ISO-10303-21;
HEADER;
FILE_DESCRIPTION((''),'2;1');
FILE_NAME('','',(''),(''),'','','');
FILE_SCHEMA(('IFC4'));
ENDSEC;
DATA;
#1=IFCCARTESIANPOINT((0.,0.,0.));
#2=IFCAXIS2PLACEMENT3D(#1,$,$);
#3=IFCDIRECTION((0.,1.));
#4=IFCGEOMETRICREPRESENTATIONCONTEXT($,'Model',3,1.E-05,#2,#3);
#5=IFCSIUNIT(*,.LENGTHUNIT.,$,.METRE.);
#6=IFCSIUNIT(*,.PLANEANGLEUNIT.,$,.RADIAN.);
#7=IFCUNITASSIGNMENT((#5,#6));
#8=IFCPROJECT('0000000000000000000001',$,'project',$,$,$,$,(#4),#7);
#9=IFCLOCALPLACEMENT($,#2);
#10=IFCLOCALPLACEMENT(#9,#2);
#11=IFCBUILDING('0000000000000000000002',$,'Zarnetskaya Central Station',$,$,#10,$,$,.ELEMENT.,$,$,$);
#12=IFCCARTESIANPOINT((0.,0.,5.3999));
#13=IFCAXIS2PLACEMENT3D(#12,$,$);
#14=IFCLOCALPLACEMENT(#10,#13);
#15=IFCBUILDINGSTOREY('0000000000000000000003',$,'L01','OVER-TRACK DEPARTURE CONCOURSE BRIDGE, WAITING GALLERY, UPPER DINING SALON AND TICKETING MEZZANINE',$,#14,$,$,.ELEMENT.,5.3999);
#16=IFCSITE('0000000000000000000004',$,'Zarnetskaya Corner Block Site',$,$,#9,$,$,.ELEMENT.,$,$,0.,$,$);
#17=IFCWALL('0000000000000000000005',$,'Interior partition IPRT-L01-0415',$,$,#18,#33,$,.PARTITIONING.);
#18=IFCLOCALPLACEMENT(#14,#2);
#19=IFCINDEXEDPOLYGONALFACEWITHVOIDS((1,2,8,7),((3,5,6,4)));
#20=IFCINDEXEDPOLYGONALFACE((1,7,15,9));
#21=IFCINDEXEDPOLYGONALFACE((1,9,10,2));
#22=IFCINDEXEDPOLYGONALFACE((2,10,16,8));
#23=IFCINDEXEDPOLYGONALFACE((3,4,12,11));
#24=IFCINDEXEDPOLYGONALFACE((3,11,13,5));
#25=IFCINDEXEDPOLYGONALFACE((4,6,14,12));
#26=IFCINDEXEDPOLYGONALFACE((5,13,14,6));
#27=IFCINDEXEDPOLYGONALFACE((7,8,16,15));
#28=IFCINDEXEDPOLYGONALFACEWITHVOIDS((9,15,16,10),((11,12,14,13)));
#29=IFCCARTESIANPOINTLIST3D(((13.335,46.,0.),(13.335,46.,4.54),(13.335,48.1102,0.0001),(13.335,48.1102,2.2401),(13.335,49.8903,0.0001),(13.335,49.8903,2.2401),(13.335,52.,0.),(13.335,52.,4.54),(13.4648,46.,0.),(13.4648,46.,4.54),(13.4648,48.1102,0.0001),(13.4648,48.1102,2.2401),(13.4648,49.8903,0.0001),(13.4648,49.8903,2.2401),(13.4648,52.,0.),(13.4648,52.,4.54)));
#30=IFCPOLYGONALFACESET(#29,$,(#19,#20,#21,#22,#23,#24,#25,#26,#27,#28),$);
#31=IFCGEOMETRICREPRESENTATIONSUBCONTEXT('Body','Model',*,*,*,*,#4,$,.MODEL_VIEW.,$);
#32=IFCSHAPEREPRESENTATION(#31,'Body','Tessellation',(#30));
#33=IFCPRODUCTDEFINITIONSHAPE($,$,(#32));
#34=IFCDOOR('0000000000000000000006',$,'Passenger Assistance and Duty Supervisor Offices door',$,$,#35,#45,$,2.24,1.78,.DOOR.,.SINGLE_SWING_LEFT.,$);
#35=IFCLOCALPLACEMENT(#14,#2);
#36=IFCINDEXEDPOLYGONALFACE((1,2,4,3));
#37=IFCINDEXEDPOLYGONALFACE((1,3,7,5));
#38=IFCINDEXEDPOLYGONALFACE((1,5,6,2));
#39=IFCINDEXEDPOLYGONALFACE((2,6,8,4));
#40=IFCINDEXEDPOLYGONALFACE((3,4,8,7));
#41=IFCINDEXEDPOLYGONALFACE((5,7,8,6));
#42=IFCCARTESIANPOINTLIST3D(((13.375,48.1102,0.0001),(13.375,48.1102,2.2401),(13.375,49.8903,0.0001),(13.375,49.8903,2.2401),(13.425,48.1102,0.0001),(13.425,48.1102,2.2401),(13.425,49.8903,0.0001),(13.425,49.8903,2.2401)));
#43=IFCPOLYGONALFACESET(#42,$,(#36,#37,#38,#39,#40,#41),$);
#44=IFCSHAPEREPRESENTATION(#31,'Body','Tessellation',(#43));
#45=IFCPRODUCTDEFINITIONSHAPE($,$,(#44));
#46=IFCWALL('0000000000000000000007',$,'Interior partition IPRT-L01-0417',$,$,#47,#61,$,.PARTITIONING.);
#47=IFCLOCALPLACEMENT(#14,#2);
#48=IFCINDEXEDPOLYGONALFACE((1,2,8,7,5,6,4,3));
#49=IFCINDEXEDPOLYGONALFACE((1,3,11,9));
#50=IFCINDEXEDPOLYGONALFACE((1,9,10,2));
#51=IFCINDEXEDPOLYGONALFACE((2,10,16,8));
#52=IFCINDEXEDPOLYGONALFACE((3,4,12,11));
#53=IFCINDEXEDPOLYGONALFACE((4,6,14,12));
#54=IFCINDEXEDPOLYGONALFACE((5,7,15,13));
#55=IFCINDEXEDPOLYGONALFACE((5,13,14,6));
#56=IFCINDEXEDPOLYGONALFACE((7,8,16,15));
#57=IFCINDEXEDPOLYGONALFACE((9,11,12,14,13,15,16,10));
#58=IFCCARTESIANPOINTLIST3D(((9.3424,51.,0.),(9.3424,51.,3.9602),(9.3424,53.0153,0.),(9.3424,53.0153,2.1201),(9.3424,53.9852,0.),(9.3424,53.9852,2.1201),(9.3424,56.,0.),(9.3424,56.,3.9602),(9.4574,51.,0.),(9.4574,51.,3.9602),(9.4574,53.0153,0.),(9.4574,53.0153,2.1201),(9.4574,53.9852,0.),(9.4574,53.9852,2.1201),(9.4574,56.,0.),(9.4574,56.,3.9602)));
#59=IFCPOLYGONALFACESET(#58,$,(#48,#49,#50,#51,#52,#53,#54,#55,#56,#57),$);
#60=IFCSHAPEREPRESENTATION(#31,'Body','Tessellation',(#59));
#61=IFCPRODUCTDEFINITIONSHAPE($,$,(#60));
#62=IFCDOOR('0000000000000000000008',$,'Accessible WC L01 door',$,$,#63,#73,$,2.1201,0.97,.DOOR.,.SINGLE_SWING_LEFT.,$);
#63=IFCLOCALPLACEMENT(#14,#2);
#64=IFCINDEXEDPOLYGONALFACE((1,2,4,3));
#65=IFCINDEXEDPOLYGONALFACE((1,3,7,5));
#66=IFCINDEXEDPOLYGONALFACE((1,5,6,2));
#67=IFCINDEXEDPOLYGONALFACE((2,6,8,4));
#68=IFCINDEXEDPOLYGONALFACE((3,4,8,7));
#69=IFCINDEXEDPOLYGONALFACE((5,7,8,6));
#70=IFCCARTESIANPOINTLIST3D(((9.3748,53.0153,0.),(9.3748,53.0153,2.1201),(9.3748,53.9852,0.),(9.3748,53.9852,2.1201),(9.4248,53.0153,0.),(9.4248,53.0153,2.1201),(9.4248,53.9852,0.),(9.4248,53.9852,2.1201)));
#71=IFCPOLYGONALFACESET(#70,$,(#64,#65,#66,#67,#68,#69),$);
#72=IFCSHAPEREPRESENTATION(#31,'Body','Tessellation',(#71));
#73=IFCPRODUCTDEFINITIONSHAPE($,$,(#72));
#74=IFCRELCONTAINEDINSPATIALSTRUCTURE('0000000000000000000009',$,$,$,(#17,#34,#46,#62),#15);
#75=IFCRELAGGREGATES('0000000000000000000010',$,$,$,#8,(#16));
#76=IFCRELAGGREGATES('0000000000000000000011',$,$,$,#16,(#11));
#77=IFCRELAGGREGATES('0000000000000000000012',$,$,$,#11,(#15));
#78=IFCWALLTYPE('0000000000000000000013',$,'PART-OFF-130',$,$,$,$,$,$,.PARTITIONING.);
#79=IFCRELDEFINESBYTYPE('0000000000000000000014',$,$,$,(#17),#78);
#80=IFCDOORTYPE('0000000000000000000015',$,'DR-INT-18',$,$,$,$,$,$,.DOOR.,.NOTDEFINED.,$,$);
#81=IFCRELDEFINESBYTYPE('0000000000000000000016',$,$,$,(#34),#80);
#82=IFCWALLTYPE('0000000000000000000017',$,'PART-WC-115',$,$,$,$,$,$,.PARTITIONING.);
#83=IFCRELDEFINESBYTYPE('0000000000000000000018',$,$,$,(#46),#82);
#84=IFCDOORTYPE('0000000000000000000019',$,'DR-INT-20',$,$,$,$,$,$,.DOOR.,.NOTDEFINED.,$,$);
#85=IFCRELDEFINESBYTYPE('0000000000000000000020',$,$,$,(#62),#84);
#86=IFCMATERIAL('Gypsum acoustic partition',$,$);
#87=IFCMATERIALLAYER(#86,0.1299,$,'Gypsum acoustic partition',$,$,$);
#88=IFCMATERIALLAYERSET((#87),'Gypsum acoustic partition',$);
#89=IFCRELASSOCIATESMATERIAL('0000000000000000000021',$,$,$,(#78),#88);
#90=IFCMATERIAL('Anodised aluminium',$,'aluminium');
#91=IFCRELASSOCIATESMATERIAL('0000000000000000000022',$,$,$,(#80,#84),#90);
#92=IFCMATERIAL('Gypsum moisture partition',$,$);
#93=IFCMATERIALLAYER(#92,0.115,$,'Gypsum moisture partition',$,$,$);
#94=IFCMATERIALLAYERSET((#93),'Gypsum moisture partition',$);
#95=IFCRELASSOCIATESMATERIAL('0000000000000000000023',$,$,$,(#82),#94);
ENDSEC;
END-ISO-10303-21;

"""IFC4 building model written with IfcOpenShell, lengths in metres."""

from ifc_helpers import new_model, si_unit, direction, frame, frame_2d, origin, place, context, subcontext, project, spatial, rectangle, extrude, material, layer, layer_set, type_object, element, fill, save


model = new_model("IFC4")

# Units and contexts
model_context = context("Model", 3, precision=1e-05, world=origin(), true_north=direction((0.0, 1.0)))
body_context = subcontext(model_context, "Body", "Model", "MODEL_VIEW")
ifc_project = project(units=[si_unit("LENGTHUNIT", "METRE"), si_unit("PLANEANGLEUNIT", "RADIAN")], contexts=[model_context])

# Site, building, storey
site_placement = place(None, origin())
site = spatial("IfcSite", under=ifc_project, at=site_placement, Name="Zarnetskaya Corner Block Site", CompositionType="ELEMENT", RefElevation=0.0)
building_placement = place(site_placement, origin())
building = spatial("IfcBuilding", under=site, at=building_placement, Name="Zarnetskaya Central Station", CompositionType="ELEMENT")
storey_placement = place(building_placement, frame((0.0, 0.0, 5.3999)))
storey = spatial("IfcBuildingStorey", under=building, at=storey_placement, Name="L01", Description="OVER-TRACK DEPARTURE CONCOURSE BRIDGE, WAITING GALLERY, UPPER DINING SALON AND TICKETING MEZZANINE", CompositionType="ELEMENT", Elevation=5.3999)

# Walls, openings, doors
ifc_material_1 = material(Name="Gypsum acoustic partition")
ifc_layer_1 = layer(ifc_material_1, 0.1299, Name="Gypsum acoustic partition")
ifc_layer_set_1 = layer_set([ifc_layer_1], Name="Gypsum acoustic partition")
wall_type_1 = type_object("IfcWallType", Name="PART-OFF-130", PredefinedType="PARTITIONING", material=ifc_layer_set_1)
wall_1_placement = place(storey_placement, frame((13.3999, 46.0, 0.0), z_axis=(0.0, 0.0, 1.0), x_axis=(0.0, 1.0, 0.0)))
wall_1 = element("IfcWall", 1, at=wall_1_placement, inside=storey, type_object=wall_type_1, Name="Interior partition IPRT-L01-0415", PredefinedType="PARTITIONING", context=body_context, shape_type="SweptSolid", body=[
    extrude(rectangle(XDim=6.0, YDim=0.1299, at=frame_2d((3.0, 0.0))), origin(), (0.0, 0.0, 1.0), 4.54),
])
opening_1_placement = place(wall_1_placement, frame((2.1101, 0.0, 0.0)))
opening_1 = element("IfcOpeningElement", 2, at=opening_1_placement, cuts=wall_1, PredefinedType="OPENING", context=body_context, shape_type="SweptSolid", body=[
    extrude(rectangle(XDim=1.78, YDim=2.24, at=frame_2d((0.8901, 1.1201))), frame((0.0, 0.075, 0.0), z_axis=(0.0, -1.0, 0.0), x_axis=(1.0, 0.0, 0.0)), (0.0, 0.0, 1.0), 0.1499),
])
ifc_material_2 = material(Name="Anodised aluminium", Category="aluminium")
door_type_1 = type_object("IfcDoorType", Name="DR-INT-18", OperationType="NOTDEFINED", PredefinedType="DOOR", material=ifc_material_2)
door_1_placement = place(opening_1_placement, origin())
door_1 = element("IfcDoor", 3, at=door_1_placement, inside=storey, type_object=door_type_1, Name="Passenger Assistance and Duty Supervisor Offices door", OperationType="SINGLE_SWING_LEFT", OverallHeight=2.24, OverallWidth=1.78, PredefinedType="DOOR", context=body_context, shape_type="SweptSolid", body=[
    extrude(rectangle(XDim=1.78, YDim=2.24, at=frame_2d((0.8901, 1.1201))), frame((0.0, 0.0249, 0.0), z_axis=(0.0, -1.0, 0.0), x_axis=(1.0, 0.0, 0.0)), (0.0, 0.0, 1.0), 0.05),
])
fill(opening_1, door_1)
ifc_material_3 = material(Name="Gypsum moisture partition")
ifc_layer_2 = layer(ifc_material_3, 0.115, Name="Gypsum moisture partition")
ifc_layer_set_2 = layer_set([ifc_layer_2], Name="Gypsum moisture partition")
wall_type_2 = type_object("IfcWallType", Name="PART-WC-115", PredefinedType="PARTITIONING", material=ifc_layer_set_2)
wall_2_placement = place(storey_placement, frame((9.3999, 56.0, 0.0), z_axis=(0.0, 0.0, 1.0), x_axis=(0.0, -1.0, 0.0)))
wall_2 = element("IfcWall", 4, at=wall_2_placement, inside=storey, type_object=wall_type_2, Name="Interior partition IPRT-L01-0417", PredefinedType="PARTITIONING", context=body_context, shape_type="SweptSolid", body=[
    extrude(rectangle(XDim=5.0, YDim=0.115, at=frame_2d((2.5, 0.0))), origin(), (0.0, 0.0, 1.0), 3.9602),
])
opening_2_placement = place(wall_2_placement, frame((2.0149, 0.0, 0.0)))
opening_2 = element("IfcOpeningElement", 5, at=opening_2_placement, cuts=wall_2, PredefinedType="OPENING", context=body_context, shape_type="SweptSolid", body=[
    extrude(rectangle(XDim=0.97, YDim=2.1201, at=frame_2d((0.4849, 1.0601))), frame((0.0, 0.0674, 0.0), z_axis=(0.0, -1.0, 0.0), x_axis=(1.0, 0.0, 0.0)), (0.0, 0.0, 1.0), 0.135),
])
door_type_2 = type_object("IfcDoorType", Name="DR-INT-20", OperationType="NOTDEFINED", PredefinedType="DOOR", material=ifc_material_2)
door_2_placement = place(opening_2_placement, origin())
door_2 = element("IfcDoor", 6, at=door_2_placement, inside=storey, type_object=door_type_2, Name="Accessible WC L01 door", OperationType="SINGLE_SWING_LEFT", OverallHeight=2.1201, OverallWidth=0.97, PredefinedType="DOOR", context=body_context, shape_type="SweptSolid", body=[
    extrude(rectangle(XDim=0.97, YDim=2.1201, at=frame_2d((0.4849, 1.0601))), frame((0.0, 0.0249, 0.0), z_axis=(0.0, -1.0, 0.0), x_axis=(1.0, 0.0, 0.0)), (0.0, 0.0, 1.0), 0.05),
])
fill(opening_2, door_2)

save(model, "model.ifc")
